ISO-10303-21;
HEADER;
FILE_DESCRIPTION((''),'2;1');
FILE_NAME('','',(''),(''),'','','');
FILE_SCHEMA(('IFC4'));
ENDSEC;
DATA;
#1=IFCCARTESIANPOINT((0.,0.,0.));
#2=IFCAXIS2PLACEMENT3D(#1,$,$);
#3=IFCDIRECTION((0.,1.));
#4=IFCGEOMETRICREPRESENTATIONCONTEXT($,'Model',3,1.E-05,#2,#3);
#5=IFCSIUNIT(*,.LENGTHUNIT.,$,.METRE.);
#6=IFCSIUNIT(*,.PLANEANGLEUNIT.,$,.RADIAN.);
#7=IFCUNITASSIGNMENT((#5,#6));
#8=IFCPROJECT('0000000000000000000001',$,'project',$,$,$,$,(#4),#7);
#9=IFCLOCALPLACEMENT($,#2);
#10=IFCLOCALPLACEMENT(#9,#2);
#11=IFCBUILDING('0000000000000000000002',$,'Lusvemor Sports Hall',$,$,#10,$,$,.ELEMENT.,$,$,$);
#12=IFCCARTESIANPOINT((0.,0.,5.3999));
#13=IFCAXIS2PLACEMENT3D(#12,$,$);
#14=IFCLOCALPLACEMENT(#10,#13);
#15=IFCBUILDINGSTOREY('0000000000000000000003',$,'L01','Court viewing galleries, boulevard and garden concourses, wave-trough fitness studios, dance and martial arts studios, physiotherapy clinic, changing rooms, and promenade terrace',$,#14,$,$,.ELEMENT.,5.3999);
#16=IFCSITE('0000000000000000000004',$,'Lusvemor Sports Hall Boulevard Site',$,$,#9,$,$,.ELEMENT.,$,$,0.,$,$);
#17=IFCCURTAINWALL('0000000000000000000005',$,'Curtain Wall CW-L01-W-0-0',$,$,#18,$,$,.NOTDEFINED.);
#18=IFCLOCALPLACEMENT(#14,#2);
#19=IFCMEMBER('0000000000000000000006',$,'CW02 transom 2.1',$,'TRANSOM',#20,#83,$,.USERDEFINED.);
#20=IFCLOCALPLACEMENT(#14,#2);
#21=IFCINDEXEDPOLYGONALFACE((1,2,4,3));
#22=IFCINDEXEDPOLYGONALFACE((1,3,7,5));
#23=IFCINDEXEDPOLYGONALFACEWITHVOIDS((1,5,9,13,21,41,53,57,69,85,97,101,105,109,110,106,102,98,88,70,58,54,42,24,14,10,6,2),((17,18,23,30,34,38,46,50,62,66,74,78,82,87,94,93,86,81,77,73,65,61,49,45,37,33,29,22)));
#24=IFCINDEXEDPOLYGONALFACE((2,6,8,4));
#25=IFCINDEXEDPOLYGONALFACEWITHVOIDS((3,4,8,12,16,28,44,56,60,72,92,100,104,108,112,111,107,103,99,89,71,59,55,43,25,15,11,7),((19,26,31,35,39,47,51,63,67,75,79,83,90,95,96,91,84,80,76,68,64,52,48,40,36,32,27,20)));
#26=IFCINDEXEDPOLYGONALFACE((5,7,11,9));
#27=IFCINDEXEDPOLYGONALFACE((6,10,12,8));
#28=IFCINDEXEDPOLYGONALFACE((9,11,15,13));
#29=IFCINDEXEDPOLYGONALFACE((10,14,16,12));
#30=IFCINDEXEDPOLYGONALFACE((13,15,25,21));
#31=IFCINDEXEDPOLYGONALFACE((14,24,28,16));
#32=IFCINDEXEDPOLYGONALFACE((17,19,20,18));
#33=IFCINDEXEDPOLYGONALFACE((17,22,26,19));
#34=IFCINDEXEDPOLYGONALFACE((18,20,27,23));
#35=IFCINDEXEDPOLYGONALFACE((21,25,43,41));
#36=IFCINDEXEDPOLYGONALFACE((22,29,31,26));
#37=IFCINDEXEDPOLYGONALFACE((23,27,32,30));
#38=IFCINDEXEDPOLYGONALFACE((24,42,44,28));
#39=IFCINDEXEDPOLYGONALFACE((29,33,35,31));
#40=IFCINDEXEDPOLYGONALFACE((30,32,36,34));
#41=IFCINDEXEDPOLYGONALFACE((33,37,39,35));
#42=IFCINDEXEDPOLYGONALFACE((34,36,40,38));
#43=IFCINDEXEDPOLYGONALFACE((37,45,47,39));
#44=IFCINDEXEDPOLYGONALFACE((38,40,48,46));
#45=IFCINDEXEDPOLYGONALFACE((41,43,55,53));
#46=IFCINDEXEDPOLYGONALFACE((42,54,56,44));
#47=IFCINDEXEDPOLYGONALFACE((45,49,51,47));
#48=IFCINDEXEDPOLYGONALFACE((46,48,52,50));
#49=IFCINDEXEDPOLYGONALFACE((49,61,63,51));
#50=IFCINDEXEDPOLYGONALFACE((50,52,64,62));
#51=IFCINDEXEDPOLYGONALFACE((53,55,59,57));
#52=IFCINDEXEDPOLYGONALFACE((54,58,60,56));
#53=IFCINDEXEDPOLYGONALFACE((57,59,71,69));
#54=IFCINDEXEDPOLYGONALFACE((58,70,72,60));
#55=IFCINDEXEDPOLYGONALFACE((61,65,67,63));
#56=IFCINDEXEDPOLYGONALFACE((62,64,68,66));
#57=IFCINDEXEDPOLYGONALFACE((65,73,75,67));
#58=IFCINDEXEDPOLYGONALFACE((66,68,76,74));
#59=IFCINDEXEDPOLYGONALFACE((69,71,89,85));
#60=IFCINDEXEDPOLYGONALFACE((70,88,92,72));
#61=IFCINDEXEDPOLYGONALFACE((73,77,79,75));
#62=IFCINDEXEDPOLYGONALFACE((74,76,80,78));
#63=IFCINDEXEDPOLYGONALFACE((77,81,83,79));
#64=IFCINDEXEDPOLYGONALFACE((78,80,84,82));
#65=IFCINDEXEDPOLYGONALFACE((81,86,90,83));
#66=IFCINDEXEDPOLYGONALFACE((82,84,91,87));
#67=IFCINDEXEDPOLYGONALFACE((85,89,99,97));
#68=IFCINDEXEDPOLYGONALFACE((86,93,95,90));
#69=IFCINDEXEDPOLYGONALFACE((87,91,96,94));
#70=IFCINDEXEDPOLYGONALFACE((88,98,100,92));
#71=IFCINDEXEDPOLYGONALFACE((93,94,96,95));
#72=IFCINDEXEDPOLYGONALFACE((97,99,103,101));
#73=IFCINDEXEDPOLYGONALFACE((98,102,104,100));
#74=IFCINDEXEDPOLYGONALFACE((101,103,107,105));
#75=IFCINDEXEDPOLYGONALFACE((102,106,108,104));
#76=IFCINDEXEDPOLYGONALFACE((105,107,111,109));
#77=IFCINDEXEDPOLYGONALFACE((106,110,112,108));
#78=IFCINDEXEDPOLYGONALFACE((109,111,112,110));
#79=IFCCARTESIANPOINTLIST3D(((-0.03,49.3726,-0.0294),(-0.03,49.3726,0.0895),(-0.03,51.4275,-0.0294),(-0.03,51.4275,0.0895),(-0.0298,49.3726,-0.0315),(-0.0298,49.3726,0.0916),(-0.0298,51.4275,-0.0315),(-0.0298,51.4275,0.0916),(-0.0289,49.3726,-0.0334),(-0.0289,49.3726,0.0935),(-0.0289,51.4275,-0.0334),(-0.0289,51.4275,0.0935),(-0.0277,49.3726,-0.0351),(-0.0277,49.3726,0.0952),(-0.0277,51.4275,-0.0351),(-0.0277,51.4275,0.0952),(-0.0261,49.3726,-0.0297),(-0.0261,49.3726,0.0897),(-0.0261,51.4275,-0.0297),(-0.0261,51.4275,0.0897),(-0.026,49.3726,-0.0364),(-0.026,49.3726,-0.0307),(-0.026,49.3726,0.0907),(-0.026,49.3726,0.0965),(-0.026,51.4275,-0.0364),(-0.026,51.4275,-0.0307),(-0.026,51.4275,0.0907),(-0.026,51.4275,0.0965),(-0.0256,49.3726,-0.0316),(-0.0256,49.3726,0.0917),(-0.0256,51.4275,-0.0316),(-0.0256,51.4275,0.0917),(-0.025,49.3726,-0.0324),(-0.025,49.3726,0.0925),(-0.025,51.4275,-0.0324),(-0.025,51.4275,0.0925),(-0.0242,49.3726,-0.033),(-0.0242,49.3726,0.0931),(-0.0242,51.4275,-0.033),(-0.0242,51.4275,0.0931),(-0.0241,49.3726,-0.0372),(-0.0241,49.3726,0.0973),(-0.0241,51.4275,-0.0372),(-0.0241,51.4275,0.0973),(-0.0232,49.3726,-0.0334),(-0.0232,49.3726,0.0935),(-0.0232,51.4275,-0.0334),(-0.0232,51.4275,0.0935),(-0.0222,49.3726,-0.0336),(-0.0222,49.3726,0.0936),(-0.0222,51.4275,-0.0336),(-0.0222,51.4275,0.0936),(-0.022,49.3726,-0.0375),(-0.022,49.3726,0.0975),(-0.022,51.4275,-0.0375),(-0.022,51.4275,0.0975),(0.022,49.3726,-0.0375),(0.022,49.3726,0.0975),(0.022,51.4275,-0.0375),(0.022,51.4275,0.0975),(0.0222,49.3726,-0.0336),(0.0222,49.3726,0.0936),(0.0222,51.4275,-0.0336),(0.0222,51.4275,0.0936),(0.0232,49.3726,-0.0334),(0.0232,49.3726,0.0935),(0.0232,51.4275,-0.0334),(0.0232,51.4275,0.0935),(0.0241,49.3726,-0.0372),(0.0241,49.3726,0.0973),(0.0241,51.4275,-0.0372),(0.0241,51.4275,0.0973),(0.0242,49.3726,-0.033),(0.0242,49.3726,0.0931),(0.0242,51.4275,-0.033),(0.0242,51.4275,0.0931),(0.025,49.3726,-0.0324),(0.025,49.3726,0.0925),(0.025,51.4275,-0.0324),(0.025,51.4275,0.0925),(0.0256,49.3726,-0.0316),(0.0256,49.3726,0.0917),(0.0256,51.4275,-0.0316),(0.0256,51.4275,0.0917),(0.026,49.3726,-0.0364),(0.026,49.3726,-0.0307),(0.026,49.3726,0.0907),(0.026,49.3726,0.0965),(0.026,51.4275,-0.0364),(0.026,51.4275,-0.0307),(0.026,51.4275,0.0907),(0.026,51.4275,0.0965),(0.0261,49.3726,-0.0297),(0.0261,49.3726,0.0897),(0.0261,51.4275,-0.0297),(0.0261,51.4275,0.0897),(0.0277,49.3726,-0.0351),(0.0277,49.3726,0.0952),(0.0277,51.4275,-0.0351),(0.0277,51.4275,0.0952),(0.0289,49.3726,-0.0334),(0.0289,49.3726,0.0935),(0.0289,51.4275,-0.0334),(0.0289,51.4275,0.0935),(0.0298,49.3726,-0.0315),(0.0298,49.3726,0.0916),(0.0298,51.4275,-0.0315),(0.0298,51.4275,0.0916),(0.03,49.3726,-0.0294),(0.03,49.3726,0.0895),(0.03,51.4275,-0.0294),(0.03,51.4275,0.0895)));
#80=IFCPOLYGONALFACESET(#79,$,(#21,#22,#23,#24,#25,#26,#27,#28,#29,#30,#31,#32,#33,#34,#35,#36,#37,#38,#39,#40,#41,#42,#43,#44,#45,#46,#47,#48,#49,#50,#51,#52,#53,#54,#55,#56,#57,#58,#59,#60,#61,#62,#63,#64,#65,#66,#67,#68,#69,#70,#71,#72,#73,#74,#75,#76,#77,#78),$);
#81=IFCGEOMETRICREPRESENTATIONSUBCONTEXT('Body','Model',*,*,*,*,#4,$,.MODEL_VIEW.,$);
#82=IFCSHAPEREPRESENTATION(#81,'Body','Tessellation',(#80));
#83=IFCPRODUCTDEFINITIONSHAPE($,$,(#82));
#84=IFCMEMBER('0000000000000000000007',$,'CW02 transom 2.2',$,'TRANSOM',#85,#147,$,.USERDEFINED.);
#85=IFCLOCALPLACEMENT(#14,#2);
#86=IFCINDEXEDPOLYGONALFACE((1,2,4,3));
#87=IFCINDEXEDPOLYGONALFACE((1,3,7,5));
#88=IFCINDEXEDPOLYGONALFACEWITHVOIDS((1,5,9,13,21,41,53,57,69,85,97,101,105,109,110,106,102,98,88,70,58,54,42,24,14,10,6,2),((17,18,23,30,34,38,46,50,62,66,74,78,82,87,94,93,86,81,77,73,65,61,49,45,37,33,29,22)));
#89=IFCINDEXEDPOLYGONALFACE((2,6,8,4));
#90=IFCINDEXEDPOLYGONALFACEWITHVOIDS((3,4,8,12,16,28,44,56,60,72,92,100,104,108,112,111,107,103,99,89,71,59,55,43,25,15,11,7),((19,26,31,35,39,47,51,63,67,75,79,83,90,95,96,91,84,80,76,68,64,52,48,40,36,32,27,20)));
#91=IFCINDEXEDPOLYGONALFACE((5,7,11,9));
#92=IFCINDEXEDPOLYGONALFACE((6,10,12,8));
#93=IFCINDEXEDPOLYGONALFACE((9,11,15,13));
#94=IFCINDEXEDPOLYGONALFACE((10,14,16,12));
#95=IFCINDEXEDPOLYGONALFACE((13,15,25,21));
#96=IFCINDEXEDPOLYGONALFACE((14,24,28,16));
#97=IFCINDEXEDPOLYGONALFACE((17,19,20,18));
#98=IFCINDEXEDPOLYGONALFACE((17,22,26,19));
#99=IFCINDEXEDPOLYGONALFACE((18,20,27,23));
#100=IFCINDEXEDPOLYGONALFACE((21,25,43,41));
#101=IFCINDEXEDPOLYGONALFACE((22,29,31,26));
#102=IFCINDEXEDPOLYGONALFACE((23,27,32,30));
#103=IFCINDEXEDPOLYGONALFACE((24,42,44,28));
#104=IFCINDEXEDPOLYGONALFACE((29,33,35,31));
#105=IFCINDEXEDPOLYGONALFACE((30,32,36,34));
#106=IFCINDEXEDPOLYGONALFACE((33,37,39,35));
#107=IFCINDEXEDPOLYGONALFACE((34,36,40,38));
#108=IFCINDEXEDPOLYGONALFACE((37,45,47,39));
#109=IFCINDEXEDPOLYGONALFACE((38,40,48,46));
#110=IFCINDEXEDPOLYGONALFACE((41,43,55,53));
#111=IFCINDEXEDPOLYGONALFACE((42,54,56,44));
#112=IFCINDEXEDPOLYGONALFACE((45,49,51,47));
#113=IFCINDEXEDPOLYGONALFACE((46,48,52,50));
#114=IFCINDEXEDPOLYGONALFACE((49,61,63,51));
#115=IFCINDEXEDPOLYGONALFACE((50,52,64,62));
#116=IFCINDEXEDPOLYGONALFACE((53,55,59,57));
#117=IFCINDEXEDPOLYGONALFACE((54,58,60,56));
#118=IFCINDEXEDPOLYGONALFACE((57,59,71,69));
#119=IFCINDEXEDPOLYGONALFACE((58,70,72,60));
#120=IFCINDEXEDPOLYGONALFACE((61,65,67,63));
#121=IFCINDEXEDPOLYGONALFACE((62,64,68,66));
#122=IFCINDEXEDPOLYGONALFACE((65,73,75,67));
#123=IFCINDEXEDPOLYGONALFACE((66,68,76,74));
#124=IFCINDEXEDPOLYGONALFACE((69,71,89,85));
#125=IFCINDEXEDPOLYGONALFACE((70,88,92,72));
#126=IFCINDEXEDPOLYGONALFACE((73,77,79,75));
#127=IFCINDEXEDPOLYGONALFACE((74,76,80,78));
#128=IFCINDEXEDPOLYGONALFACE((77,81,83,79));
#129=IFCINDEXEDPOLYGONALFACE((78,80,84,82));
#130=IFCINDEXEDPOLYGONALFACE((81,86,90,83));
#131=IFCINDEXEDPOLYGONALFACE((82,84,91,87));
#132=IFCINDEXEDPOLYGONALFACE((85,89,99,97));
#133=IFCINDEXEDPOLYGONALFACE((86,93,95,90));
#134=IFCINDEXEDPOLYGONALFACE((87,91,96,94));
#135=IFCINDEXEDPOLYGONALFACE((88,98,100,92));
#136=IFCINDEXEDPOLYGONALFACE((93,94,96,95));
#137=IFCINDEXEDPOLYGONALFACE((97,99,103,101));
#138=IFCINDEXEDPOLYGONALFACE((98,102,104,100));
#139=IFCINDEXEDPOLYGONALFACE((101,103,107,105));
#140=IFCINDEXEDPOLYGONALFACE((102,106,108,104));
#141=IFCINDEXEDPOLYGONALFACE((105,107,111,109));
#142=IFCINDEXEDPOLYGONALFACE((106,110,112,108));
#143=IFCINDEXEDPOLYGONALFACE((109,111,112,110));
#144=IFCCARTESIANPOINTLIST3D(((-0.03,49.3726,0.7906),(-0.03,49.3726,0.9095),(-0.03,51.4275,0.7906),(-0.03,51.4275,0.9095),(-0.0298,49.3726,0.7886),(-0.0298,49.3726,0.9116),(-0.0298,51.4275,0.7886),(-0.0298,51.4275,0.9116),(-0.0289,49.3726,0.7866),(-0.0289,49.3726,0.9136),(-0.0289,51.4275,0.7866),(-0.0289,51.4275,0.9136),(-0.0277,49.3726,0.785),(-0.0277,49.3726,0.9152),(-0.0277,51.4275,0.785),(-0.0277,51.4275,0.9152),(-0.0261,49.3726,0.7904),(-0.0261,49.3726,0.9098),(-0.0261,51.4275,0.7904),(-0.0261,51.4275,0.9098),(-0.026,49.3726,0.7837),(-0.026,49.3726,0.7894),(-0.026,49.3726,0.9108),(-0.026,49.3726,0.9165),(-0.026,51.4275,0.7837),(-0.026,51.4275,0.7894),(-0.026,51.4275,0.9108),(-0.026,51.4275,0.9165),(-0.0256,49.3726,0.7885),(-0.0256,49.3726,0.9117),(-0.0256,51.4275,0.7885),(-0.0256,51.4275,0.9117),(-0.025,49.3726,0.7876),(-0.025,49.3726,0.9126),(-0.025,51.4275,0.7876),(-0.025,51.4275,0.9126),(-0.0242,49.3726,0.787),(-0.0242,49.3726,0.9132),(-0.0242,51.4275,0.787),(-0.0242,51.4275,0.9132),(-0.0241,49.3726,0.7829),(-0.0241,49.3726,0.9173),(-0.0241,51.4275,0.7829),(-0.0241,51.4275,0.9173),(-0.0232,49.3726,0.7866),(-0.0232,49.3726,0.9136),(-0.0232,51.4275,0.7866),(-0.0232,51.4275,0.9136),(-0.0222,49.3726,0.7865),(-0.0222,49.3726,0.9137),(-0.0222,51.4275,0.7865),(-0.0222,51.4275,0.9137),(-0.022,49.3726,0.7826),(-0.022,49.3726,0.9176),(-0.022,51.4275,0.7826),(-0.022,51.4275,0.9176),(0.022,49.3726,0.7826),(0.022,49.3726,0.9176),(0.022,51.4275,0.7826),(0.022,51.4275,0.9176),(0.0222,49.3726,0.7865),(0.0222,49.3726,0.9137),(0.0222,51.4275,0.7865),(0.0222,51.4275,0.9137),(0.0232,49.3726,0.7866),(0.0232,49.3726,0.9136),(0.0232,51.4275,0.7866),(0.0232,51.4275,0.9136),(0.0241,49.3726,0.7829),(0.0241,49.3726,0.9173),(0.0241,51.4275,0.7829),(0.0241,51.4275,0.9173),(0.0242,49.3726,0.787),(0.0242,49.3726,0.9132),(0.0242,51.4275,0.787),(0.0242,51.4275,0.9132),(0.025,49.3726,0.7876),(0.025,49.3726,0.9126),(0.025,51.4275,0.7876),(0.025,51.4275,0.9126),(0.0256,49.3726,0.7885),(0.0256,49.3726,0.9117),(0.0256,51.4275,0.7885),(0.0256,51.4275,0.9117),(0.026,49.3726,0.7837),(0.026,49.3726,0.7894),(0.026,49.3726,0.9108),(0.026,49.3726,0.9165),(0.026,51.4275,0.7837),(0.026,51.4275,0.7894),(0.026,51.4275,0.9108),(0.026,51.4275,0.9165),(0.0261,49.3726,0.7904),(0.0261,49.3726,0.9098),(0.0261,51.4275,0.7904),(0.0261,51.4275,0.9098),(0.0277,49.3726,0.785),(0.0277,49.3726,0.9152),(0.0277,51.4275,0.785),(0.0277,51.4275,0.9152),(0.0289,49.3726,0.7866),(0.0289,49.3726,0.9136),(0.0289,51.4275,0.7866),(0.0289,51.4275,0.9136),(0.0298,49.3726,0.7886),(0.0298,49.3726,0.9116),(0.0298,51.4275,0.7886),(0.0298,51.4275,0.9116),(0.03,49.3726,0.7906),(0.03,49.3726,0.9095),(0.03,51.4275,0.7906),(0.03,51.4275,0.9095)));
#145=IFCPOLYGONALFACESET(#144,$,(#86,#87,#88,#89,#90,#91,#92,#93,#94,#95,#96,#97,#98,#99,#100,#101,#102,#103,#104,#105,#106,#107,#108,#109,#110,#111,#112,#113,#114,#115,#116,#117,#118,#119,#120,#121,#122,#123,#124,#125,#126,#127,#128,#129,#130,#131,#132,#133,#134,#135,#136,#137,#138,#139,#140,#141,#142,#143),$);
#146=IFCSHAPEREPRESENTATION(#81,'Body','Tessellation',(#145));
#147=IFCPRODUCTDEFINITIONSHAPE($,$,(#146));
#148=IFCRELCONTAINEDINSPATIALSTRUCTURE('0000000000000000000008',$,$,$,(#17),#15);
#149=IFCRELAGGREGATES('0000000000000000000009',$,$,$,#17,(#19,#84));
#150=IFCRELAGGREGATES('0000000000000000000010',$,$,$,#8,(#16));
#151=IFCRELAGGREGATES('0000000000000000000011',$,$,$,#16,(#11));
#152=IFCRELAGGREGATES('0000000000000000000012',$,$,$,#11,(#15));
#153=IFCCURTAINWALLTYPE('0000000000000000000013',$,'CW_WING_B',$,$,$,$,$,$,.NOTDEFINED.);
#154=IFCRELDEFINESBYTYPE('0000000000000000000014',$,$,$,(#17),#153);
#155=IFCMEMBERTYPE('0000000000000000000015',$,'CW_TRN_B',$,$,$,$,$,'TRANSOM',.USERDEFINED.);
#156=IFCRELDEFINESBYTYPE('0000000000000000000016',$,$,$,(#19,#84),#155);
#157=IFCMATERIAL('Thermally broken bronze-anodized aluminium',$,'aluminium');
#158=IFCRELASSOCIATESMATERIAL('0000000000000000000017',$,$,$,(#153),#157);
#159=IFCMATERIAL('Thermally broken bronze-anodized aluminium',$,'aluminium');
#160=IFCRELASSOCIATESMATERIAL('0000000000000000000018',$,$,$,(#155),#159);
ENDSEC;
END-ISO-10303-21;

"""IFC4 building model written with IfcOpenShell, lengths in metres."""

from ifc_helpers import new_model, si_unit, direction, frame, origin, origin_2d, place, context, subcontext, project, spatial, hollow_rectangle, extrude, material, material_profile, profile_set, type_object, element, aggregate, save


model = new_model("IFC4")

# Units and contexts
model_context = context("Model", 3, precision=1e-05, world=origin(), true_north=direction((0.0, 1.0)))
body_context = subcontext(model_context, "Body", "Model", "MODEL_VIEW")
ifc_project = project(units=[si_unit("LENGTHUNIT", "METRE"), si_unit("PLANEANGLEUNIT", "RADIAN")], contexts=[model_context])

# Site, building, storey
site_placement = place(None, origin())
site = spatial("IfcSite", under=ifc_project, at=site_placement, Name="Lusvemor Sports Hall Boulevard Site", CompositionType="ELEMENT", RefElevation=0.0)
building_placement = place(site_placement, origin())
building = spatial("IfcBuilding", under=site, at=building_placement, Name="Lusvemor Sports Hall", CompositionType="ELEMENT")
storey_placement = place(building_placement, frame((0.0, 0.0, 5.3999)))
storey = spatial("IfcBuildingStorey", under=building, at=storey_placement, Name="L01", Description="Court viewing galleries, boulevard and garden concourses, wave-trough fitness studios, dance and martial arts studios, physiotherapy clinic, changing rooms, and promenade terrace", CompositionType="ELEMENT", Elevation=5.3999)

# Curtain wall
ifc_material_1 = material(Name="Thermally broken bronze-anodized aluminium", Category="aluminium")
curtain_wall_type = type_object("IfcCurtainWallType", Name="CW_WING_B", PredefinedType="NOTDEFINED", material=ifc_material_1)
curtain_wall_1_placement = place(storey_placement, origin())
curtain_wall_1 = element("IfcCurtainWall", 1, at=curtain_wall_1_placement, inside=storey, type_object=curtain_wall_type, Name="Curtain Wall CW-L01-W-0-0", PredefinedType="NOTDEFINED")

# Members
ifc_material_2 = material(Name="Thermally broken bronze-anodized aluminium", Category="aluminium")
ifc_material_profile_1 = material_profile(ifc_material_2, hollow_rectangle(XDim=0.0601, YDim=0.135, WallThickness=0.0039, InnerFilletRadius=0.0039, OuterFilletRadius=0.0081, at=origin_2d()), Name="CWTRN135x60x4")
ifc_profile_set_1 = profile_set([ifc_material_profile_1], Name="Thermally broken bronze-anodized aluminium")
member_type_1 = type_object("IfcMemberType", Name="CW_TRN_B", ElementType="TRANSOM", PredefinedType="USERDEFINED", material=ifc_profile_set_1)
member_1_placement = place(storey_placement, frame((0.0, 49.3726, 0.03), z_axis=(0.0, 1.0, 0.0), x_axis=(-1.0, 0.0, 0.0)))
member_1 = element("IfcMember", 2, at=member_1_placement, type_object=member_type_1, Name="CW02 transom 2.1", ObjectType="TRANSOM", PredefinedType="USERDEFINED", context=body_context, shape_type="SweptSolid", body=[
    extrude(hollow_rectangle(XDim=0.0601, YDim=0.135, WallThickness=0.0039, InnerFilletRadius=0.0039, OuterFilletRadius=0.0081, at=origin_2d()), origin(), (0.0, 0.0, 1.0), 2.0549),
])
member_2_placement = place(storey_placement, frame((0.0, 49.3726, 0.8501), z_axis=(0.0, 1.0, 0.0), x_axis=(-1.0, 0.0, 0.0)))
member_2 = element("IfcMember", 3, at=member_2_placement, type_object=member_type_1, Name="CW02 transom 2.2", ObjectType="TRANSOM", PredefinedType="USERDEFINED", context=body_context, shape_type="SweptSolid", body=[
    extrude(hollow_rectangle(XDim=0.0601, YDim=0.135, WallThickness=0.0039, InnerFilletRadius=0.0039, OuterFilletRadius=0.0081, at=origin_2d()), origin(), (0.0, 0.0, 1.0), 2.0549),
])

aggregate(curtain_wall_1, [member_1, member_2])

save(model, "model.ifc")
